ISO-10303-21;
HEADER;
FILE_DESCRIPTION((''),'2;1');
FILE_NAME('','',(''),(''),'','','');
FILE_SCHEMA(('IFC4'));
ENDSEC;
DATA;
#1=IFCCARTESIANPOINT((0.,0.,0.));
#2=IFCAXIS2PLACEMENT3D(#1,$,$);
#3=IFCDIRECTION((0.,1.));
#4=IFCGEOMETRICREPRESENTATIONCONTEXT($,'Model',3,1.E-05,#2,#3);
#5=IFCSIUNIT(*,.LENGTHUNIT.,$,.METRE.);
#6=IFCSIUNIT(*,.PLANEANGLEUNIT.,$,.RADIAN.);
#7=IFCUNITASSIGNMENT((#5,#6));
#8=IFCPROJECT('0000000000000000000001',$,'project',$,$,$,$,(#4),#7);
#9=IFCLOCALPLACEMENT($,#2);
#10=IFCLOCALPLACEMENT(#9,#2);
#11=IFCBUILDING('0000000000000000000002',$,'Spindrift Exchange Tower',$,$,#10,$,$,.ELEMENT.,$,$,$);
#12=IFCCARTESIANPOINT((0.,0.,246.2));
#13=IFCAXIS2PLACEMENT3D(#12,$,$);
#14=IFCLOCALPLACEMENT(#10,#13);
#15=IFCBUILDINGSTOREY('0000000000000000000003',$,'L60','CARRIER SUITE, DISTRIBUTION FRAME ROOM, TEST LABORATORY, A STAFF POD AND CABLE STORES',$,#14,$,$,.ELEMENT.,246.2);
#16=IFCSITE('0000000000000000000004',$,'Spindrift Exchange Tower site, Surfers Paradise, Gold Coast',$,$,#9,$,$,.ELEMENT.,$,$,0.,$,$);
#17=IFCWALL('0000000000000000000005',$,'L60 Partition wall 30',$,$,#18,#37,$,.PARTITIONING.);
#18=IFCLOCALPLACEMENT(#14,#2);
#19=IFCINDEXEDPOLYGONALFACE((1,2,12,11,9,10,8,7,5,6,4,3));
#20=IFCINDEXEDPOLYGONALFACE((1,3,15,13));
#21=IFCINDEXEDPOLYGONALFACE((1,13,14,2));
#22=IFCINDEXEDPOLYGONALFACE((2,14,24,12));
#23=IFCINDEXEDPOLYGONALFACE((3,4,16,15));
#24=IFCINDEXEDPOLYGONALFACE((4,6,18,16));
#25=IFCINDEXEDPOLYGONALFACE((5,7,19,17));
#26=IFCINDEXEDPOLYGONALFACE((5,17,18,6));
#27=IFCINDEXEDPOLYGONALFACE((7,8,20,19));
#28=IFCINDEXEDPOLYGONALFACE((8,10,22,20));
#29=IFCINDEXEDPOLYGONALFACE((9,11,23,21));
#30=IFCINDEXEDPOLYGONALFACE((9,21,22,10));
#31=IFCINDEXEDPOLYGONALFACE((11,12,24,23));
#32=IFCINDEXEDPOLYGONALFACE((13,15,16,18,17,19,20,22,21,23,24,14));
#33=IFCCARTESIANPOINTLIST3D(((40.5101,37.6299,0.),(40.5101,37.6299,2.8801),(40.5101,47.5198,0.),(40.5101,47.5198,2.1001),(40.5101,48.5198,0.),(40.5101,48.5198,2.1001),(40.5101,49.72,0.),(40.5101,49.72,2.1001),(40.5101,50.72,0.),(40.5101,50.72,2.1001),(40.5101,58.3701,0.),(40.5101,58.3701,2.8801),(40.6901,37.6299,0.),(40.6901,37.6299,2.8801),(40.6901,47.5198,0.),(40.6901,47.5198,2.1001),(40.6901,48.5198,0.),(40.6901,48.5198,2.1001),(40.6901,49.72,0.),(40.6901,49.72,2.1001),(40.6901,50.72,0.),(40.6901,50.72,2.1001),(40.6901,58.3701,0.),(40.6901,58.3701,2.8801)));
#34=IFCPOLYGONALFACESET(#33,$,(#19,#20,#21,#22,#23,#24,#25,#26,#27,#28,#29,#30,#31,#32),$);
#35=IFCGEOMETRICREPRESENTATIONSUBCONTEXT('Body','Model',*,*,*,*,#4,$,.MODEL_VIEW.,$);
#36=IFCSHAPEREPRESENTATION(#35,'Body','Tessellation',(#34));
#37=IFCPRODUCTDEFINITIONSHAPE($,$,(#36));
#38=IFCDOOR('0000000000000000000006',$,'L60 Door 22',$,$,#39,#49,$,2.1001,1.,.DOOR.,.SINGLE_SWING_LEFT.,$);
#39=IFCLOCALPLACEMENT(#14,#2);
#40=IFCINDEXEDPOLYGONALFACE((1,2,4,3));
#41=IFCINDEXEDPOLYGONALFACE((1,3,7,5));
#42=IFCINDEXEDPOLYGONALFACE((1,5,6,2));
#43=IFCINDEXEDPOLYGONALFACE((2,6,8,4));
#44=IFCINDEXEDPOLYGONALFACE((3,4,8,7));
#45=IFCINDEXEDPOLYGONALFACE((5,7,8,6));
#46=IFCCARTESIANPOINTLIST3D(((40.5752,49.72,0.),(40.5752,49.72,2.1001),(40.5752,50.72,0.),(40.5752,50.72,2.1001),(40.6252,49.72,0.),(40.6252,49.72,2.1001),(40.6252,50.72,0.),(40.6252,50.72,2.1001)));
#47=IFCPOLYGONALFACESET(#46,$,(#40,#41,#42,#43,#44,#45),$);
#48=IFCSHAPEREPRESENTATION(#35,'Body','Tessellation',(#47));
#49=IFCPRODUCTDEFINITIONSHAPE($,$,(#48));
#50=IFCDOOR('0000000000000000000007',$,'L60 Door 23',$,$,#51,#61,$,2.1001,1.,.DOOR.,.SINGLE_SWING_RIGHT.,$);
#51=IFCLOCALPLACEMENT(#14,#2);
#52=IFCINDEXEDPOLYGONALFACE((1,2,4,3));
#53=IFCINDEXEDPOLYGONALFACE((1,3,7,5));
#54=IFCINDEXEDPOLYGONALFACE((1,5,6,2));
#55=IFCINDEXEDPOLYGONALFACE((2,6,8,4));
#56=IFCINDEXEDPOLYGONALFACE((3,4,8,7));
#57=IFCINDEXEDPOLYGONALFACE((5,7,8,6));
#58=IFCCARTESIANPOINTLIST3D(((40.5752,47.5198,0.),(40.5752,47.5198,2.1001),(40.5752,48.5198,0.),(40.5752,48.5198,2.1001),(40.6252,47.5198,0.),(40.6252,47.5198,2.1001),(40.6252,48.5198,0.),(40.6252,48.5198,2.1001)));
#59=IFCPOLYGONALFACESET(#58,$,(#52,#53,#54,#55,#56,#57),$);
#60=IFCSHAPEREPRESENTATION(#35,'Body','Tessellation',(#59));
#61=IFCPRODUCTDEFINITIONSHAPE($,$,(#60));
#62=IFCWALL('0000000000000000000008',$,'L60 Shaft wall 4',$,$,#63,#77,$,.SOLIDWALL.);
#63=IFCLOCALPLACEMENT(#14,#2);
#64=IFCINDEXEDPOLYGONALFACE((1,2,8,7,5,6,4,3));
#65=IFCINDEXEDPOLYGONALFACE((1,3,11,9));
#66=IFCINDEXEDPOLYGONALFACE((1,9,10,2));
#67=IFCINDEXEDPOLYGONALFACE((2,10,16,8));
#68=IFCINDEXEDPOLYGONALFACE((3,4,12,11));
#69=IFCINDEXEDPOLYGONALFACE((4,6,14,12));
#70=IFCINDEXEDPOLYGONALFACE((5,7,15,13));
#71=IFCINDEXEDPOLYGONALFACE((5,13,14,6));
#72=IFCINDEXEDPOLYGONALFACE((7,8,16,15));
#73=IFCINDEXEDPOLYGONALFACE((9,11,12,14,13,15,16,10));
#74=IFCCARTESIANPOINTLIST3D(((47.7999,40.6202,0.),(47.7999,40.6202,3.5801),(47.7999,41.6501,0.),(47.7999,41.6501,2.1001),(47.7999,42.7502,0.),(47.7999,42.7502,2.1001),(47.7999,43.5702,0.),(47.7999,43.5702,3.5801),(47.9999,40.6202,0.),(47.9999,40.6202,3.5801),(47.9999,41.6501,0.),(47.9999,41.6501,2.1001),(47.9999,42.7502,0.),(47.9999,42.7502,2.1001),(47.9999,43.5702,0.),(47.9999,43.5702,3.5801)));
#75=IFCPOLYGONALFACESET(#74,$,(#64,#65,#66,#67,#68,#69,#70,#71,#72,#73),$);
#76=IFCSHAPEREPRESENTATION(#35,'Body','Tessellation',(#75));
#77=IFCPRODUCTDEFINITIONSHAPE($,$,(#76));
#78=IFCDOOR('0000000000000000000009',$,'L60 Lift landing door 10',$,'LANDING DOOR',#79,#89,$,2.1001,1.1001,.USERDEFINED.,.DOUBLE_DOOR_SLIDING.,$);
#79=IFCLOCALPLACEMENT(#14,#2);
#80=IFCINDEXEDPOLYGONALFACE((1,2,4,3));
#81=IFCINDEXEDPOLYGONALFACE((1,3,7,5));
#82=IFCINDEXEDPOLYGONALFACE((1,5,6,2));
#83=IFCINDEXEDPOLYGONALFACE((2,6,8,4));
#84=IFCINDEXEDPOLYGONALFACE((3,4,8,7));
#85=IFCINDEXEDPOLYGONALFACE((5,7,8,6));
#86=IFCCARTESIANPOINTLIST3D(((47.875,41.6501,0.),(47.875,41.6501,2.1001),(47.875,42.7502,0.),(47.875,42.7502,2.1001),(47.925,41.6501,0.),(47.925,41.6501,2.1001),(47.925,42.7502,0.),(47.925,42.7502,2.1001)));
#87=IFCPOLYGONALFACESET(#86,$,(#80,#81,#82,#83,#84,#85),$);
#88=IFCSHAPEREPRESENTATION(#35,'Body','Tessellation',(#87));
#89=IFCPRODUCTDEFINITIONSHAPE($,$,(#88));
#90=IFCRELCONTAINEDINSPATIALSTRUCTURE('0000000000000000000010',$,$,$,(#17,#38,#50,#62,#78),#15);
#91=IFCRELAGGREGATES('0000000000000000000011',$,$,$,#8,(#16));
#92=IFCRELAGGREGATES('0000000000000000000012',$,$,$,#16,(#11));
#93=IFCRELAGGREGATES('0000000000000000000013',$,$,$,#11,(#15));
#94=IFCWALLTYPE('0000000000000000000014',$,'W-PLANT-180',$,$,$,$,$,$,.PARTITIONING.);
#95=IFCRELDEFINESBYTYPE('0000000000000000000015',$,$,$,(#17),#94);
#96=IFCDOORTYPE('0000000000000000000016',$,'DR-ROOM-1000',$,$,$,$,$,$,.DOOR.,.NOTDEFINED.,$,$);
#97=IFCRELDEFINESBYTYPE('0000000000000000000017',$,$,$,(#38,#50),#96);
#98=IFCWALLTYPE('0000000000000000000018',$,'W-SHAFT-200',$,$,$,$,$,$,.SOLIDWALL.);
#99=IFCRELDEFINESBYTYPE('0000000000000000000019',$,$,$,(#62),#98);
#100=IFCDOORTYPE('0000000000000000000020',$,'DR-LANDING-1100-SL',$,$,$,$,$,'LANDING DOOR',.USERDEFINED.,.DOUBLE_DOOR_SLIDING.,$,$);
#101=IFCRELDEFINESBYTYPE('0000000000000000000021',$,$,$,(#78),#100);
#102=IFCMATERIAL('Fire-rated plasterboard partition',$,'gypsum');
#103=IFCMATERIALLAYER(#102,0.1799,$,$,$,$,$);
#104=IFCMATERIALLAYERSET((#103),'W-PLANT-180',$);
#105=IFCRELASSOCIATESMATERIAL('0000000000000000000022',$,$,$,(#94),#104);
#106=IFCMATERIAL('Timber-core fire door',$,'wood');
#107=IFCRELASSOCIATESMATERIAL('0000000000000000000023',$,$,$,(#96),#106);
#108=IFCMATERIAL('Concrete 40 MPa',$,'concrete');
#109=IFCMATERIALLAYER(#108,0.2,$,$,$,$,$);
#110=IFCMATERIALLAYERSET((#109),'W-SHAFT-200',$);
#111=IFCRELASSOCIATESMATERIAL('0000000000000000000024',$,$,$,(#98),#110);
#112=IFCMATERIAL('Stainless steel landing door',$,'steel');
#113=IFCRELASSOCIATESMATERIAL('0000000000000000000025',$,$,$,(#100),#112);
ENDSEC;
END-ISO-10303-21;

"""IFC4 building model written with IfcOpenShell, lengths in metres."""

from ifc_helpers import new_model, si_unit, direction, frame, frame_2d, origin, place, context, subcontext, project, spatial, rectangle, extrude, source, transform, mapped, material, layer, layer_set, type_object, element, fill, save


model = new_model("IFC4")

# Units and contexts
model_context = context("Model", 3, precision=1e-05, world=origin(), true_north=direction((0.0, 1.0)))
body_context = subcontext(model_context, "Body", "Model", "MODEL_VIEW")
ifc_project = project(units=[si_unit("LENGTHUNIT", "METRE"), si_unit("PLANEANGLEUNIT", "RADIAN")], contexts=[model_context])

# Site, building, storey
site_placement = place(None, origin())
site = spatial("IfcSite", under=ifc_project, at=site_placement, Name="Spindrift Exchange Tower site, Surfers Paradise, Gold Coast", CompositionType="ELEMENT", RefElevation=0.0)
building_placement = place(site_placement, origin())
building = spatial("IfcBuilding", under=site, at=building_placement, Name="Spindrift Exchange Tower", CompositionType="ELEMENT")
storey_placement = place(building_placement, frame((0.0, 0.0, 246.2)))
storey = spatial("IfcBuildingStorey", under=building, at=storey_placement, Name="L60", Description="CARRIER SUITE, DISTRIBUTION FRAME ROOM, TEST LABORATORY, A STAFF POD AND CABLE STORES", CompositionType="ELEMENT", Elevation=246.2)

# Shared definitions
ifc_material_1 = material(Name="Concrete 40 MPa", Category="concrete")

# Shared definitions
ifc_material_2 = material(Name="Timber-core fire door", Category="wood")

# Shared definitions
ifc_material_3 = material(Name="Fire-rated plasterboard partition", Category="gypsum")

# Wall, openings, doors
ifc_layer_1 = layer(ifc_material_3, 0.1799)
ifc_layer_set_1 = layer_set([ifc_layer_1], Name="W-PLANT-180")
wall_type_1 = type_object("IfcWallType", Name="W-PLANT-180", PredefinedType="PARTITIONING", material=ifc_layer_set_1)
wall_1_placement = place(storey_placement, frame((40.6001, 37.6299, 0.0), z_axis=(0.0, 0.0, 1.0), x_axis=(0.0, 1.0, 0.0)))
wall_1 = element("IfcWall", 1, at=wall_1_placement, inside=storey, type_object=wall_type_1, Name="L60 Partition wall 30", PredefinedType="PARTITIONING", context=body_context, shape_type="SweptSolid", body=[
    extrude(rectangle(XDim=20.7402, YDim=0.1799, at=frame_2d((10.3701, 0.0))), origin(), (0.0, 0.0, 1.0), 2.8801),
])
opening_1_placement = place(wall_1_placement, frame((12.0901, 0.0, 0.0)))
opening_1 = element("IfcOpeningElement", 2, at=opening_1_placement, cuts=wall_1, PredefinedType="OPENING", context=body_context, shape_type="SweptSolid", body=[
    extrude(rectangle(XDim=1.0, YDim=2.1001, at=frame_2d((0.5, 1.05))), frame((0.0, 0.0999, 0.0), z_axis=(0.0, -1.0, 0.0), x_axis=(1.0, 0.0, 0.0)), (0.0, 0.0, 1.0), 0.2),
])
opening_2_placement = place(wall_1_placement, frame((9.8899, 0.0, 0.0)))
opening_2 = element("IfcOpeningElement", 3, at=opening_2_placement, cuts=wall_1, PredefinedType="OPENING", context=body_context, shape_type="SweptSolid", body=[
    extrude(rectangle(XDim=1.0, YDim=2.1001, at=frame_2d((0.5, 1.05))), frame((0.0, 0.0999, 0.0), z_axis=(0.0, -1.0, 0.0), x_axis=(1.0, 0.0, 0.0)), (0.0, 0.0, 1.0), 0.2),
])
door_type_1 = type_object("IfcDoorType", Name="DR-ROOM-1000", OperationType="NOTDEFINED", PredefinedType="DOOR", material=ifc_material_2)
shared_shape_1 = source(origin(), body_context, "Body", "SweptSolid", [
    extrude(rectangle(XDim=1.0, YDim=2.1001, at=frame_2d((0.5, 1.05))), frame((0.0, 0.0249, 0.0), z_axis=(0.0, -1.0, 0.0), x_axis=(1.0, 0.0, 0.0)), (0.0, 0.0, 1.0), 0.05),
])
door_1_placement = place(opening_1_placement, origin())
door_1 = element("IfcDoor", 4, at=door_1_placement, inside=storey, type_object=door_type_1, Name="L60 Door 22", OperationType="SINGLE_SWING_LEFT", OverallHeight=2.1001, OverallWidth=1.0, PredefinedType="DOOR", context=body_context, shape_type="MappedRepresentation", body=[
    mapped(shared_shape_1, transform((0.0, 0.0, 0.0), scale=1.0)),
])
fill(opening_1, door_1)
door_2_placement = place(opening_2_placement, origin())
door_2 = element("IfcDoor", 5, at=door_2_placement, inside=storey, type_object=door_type_1, Name="L60 Door 23", OperationType="SINGLE_SWING_RIGHT", OverallHeight=2.1001, OverallWidth=1.0, PredefinedType="DOOR", context=body_context, shape_type="MappedRepresentation", body=[
    mapped(shared_shape_1, transform((0.0, 0.0, 0.0), scale=1.0)),
])
fill(opening_2, door_2)

# Wall, opening, door
ifc_layer_2 = layer(ifc_material_1, 0.2)
ifc_layer_set_2 = layer_set([ifc_layer_2], Name="W-SHAFT-200")
wall_type_2 = type_object("IfcWallType", Name="W-SHAFT-200", PredefinedType="SOLIDWALL", material=ifc_layer_set_2)
wall_2_placement = place(storey_placement, frame((47.8999, 40.6201, 0.0), z_axis=(0.0, 0.0, 1.0), x_axis=(0.0, 1.0, 0.0)))
wall_2 = element("IfcWall", 6, at=wall_2_placement, inside=storey, type_object=wall_type_2, Name="L60 Shaft wall 4", PredefinedType="SOLIDWALL", context=body_context, shape_type="SweptSolid", body=[
    extrude(rectangle(XDim=2.95, YDim=0.2, at=frame_2d((1.4751, 0.0))), origin(), (0.0, 0.0, 1.0), 3.5801),
])
opening_3_placement = place(wall_2_placement, frame((1.03, 0.0, 0.0)))
opening_3 = element("IfcOpeningElement", 7, at=opening_3_placement, cuts=wall_2, PredefinedType="OPENING", context=body_context, shape_type="SweptSolid", body=[
    extrude(rectangle(XDim=1.1001, YDim=2.1001, at=frame_2d((0.55, 1.05))), frame((0.0, 0.1099, 0.0), z_axis=(0.0, -1.0, 0.0), x_axis=(1.0, 0.0, 0.0)), (0.0, 0.0, 1.0), 0.22),
])
ifc_material_4 = material(Name="Stainless steel landing door", Category="steel")
door_type_2 = type_object("IfcDoorType", Name="DR-LANDING-1100-SL", ElementType="LANDING DOOR", OperationType="DOUBLE_DOOR_SLIDING", PredefinedType="USERDEFINED", material=ifc_material_4)
shared_shape_2 = source(origin(), body_context, "Body", "SweptSolid", [
    extrude(rectangle(XDim=1.1001, YDim=2.1001, at=frame_2d((0.55, 1.05))), frame((0.0, 0.0249, 0.0), z_axis=(0.0, -1.0, 0.0), x_axis=(1.0, 0.0, 0.0)), (0.0, 0.0, 1.0), 0.05),
])
door_3_placement = place(opening_3_placement, origin())
door_3 = element("IfcDoor", 8, at=door_3_placement, inside=storey, type_object=door_type_2, Name="L60 Lift landing door 10", ObjectType="LANDING DOOR", OperationType="DOUBLE_DOOR_SLIDING", OverallHeight=2.1001, OverallWidth=1.1001, PredefinedType="USERDEFINED", context=body_context, shape_type="MappedRepresentation", body=[
    mapped(shared_shape_2, transform((0.0, 0.0, 0.0), scale=1.0)),
])
fill(opening_3, door_3)

save(model, "model.ifc")
